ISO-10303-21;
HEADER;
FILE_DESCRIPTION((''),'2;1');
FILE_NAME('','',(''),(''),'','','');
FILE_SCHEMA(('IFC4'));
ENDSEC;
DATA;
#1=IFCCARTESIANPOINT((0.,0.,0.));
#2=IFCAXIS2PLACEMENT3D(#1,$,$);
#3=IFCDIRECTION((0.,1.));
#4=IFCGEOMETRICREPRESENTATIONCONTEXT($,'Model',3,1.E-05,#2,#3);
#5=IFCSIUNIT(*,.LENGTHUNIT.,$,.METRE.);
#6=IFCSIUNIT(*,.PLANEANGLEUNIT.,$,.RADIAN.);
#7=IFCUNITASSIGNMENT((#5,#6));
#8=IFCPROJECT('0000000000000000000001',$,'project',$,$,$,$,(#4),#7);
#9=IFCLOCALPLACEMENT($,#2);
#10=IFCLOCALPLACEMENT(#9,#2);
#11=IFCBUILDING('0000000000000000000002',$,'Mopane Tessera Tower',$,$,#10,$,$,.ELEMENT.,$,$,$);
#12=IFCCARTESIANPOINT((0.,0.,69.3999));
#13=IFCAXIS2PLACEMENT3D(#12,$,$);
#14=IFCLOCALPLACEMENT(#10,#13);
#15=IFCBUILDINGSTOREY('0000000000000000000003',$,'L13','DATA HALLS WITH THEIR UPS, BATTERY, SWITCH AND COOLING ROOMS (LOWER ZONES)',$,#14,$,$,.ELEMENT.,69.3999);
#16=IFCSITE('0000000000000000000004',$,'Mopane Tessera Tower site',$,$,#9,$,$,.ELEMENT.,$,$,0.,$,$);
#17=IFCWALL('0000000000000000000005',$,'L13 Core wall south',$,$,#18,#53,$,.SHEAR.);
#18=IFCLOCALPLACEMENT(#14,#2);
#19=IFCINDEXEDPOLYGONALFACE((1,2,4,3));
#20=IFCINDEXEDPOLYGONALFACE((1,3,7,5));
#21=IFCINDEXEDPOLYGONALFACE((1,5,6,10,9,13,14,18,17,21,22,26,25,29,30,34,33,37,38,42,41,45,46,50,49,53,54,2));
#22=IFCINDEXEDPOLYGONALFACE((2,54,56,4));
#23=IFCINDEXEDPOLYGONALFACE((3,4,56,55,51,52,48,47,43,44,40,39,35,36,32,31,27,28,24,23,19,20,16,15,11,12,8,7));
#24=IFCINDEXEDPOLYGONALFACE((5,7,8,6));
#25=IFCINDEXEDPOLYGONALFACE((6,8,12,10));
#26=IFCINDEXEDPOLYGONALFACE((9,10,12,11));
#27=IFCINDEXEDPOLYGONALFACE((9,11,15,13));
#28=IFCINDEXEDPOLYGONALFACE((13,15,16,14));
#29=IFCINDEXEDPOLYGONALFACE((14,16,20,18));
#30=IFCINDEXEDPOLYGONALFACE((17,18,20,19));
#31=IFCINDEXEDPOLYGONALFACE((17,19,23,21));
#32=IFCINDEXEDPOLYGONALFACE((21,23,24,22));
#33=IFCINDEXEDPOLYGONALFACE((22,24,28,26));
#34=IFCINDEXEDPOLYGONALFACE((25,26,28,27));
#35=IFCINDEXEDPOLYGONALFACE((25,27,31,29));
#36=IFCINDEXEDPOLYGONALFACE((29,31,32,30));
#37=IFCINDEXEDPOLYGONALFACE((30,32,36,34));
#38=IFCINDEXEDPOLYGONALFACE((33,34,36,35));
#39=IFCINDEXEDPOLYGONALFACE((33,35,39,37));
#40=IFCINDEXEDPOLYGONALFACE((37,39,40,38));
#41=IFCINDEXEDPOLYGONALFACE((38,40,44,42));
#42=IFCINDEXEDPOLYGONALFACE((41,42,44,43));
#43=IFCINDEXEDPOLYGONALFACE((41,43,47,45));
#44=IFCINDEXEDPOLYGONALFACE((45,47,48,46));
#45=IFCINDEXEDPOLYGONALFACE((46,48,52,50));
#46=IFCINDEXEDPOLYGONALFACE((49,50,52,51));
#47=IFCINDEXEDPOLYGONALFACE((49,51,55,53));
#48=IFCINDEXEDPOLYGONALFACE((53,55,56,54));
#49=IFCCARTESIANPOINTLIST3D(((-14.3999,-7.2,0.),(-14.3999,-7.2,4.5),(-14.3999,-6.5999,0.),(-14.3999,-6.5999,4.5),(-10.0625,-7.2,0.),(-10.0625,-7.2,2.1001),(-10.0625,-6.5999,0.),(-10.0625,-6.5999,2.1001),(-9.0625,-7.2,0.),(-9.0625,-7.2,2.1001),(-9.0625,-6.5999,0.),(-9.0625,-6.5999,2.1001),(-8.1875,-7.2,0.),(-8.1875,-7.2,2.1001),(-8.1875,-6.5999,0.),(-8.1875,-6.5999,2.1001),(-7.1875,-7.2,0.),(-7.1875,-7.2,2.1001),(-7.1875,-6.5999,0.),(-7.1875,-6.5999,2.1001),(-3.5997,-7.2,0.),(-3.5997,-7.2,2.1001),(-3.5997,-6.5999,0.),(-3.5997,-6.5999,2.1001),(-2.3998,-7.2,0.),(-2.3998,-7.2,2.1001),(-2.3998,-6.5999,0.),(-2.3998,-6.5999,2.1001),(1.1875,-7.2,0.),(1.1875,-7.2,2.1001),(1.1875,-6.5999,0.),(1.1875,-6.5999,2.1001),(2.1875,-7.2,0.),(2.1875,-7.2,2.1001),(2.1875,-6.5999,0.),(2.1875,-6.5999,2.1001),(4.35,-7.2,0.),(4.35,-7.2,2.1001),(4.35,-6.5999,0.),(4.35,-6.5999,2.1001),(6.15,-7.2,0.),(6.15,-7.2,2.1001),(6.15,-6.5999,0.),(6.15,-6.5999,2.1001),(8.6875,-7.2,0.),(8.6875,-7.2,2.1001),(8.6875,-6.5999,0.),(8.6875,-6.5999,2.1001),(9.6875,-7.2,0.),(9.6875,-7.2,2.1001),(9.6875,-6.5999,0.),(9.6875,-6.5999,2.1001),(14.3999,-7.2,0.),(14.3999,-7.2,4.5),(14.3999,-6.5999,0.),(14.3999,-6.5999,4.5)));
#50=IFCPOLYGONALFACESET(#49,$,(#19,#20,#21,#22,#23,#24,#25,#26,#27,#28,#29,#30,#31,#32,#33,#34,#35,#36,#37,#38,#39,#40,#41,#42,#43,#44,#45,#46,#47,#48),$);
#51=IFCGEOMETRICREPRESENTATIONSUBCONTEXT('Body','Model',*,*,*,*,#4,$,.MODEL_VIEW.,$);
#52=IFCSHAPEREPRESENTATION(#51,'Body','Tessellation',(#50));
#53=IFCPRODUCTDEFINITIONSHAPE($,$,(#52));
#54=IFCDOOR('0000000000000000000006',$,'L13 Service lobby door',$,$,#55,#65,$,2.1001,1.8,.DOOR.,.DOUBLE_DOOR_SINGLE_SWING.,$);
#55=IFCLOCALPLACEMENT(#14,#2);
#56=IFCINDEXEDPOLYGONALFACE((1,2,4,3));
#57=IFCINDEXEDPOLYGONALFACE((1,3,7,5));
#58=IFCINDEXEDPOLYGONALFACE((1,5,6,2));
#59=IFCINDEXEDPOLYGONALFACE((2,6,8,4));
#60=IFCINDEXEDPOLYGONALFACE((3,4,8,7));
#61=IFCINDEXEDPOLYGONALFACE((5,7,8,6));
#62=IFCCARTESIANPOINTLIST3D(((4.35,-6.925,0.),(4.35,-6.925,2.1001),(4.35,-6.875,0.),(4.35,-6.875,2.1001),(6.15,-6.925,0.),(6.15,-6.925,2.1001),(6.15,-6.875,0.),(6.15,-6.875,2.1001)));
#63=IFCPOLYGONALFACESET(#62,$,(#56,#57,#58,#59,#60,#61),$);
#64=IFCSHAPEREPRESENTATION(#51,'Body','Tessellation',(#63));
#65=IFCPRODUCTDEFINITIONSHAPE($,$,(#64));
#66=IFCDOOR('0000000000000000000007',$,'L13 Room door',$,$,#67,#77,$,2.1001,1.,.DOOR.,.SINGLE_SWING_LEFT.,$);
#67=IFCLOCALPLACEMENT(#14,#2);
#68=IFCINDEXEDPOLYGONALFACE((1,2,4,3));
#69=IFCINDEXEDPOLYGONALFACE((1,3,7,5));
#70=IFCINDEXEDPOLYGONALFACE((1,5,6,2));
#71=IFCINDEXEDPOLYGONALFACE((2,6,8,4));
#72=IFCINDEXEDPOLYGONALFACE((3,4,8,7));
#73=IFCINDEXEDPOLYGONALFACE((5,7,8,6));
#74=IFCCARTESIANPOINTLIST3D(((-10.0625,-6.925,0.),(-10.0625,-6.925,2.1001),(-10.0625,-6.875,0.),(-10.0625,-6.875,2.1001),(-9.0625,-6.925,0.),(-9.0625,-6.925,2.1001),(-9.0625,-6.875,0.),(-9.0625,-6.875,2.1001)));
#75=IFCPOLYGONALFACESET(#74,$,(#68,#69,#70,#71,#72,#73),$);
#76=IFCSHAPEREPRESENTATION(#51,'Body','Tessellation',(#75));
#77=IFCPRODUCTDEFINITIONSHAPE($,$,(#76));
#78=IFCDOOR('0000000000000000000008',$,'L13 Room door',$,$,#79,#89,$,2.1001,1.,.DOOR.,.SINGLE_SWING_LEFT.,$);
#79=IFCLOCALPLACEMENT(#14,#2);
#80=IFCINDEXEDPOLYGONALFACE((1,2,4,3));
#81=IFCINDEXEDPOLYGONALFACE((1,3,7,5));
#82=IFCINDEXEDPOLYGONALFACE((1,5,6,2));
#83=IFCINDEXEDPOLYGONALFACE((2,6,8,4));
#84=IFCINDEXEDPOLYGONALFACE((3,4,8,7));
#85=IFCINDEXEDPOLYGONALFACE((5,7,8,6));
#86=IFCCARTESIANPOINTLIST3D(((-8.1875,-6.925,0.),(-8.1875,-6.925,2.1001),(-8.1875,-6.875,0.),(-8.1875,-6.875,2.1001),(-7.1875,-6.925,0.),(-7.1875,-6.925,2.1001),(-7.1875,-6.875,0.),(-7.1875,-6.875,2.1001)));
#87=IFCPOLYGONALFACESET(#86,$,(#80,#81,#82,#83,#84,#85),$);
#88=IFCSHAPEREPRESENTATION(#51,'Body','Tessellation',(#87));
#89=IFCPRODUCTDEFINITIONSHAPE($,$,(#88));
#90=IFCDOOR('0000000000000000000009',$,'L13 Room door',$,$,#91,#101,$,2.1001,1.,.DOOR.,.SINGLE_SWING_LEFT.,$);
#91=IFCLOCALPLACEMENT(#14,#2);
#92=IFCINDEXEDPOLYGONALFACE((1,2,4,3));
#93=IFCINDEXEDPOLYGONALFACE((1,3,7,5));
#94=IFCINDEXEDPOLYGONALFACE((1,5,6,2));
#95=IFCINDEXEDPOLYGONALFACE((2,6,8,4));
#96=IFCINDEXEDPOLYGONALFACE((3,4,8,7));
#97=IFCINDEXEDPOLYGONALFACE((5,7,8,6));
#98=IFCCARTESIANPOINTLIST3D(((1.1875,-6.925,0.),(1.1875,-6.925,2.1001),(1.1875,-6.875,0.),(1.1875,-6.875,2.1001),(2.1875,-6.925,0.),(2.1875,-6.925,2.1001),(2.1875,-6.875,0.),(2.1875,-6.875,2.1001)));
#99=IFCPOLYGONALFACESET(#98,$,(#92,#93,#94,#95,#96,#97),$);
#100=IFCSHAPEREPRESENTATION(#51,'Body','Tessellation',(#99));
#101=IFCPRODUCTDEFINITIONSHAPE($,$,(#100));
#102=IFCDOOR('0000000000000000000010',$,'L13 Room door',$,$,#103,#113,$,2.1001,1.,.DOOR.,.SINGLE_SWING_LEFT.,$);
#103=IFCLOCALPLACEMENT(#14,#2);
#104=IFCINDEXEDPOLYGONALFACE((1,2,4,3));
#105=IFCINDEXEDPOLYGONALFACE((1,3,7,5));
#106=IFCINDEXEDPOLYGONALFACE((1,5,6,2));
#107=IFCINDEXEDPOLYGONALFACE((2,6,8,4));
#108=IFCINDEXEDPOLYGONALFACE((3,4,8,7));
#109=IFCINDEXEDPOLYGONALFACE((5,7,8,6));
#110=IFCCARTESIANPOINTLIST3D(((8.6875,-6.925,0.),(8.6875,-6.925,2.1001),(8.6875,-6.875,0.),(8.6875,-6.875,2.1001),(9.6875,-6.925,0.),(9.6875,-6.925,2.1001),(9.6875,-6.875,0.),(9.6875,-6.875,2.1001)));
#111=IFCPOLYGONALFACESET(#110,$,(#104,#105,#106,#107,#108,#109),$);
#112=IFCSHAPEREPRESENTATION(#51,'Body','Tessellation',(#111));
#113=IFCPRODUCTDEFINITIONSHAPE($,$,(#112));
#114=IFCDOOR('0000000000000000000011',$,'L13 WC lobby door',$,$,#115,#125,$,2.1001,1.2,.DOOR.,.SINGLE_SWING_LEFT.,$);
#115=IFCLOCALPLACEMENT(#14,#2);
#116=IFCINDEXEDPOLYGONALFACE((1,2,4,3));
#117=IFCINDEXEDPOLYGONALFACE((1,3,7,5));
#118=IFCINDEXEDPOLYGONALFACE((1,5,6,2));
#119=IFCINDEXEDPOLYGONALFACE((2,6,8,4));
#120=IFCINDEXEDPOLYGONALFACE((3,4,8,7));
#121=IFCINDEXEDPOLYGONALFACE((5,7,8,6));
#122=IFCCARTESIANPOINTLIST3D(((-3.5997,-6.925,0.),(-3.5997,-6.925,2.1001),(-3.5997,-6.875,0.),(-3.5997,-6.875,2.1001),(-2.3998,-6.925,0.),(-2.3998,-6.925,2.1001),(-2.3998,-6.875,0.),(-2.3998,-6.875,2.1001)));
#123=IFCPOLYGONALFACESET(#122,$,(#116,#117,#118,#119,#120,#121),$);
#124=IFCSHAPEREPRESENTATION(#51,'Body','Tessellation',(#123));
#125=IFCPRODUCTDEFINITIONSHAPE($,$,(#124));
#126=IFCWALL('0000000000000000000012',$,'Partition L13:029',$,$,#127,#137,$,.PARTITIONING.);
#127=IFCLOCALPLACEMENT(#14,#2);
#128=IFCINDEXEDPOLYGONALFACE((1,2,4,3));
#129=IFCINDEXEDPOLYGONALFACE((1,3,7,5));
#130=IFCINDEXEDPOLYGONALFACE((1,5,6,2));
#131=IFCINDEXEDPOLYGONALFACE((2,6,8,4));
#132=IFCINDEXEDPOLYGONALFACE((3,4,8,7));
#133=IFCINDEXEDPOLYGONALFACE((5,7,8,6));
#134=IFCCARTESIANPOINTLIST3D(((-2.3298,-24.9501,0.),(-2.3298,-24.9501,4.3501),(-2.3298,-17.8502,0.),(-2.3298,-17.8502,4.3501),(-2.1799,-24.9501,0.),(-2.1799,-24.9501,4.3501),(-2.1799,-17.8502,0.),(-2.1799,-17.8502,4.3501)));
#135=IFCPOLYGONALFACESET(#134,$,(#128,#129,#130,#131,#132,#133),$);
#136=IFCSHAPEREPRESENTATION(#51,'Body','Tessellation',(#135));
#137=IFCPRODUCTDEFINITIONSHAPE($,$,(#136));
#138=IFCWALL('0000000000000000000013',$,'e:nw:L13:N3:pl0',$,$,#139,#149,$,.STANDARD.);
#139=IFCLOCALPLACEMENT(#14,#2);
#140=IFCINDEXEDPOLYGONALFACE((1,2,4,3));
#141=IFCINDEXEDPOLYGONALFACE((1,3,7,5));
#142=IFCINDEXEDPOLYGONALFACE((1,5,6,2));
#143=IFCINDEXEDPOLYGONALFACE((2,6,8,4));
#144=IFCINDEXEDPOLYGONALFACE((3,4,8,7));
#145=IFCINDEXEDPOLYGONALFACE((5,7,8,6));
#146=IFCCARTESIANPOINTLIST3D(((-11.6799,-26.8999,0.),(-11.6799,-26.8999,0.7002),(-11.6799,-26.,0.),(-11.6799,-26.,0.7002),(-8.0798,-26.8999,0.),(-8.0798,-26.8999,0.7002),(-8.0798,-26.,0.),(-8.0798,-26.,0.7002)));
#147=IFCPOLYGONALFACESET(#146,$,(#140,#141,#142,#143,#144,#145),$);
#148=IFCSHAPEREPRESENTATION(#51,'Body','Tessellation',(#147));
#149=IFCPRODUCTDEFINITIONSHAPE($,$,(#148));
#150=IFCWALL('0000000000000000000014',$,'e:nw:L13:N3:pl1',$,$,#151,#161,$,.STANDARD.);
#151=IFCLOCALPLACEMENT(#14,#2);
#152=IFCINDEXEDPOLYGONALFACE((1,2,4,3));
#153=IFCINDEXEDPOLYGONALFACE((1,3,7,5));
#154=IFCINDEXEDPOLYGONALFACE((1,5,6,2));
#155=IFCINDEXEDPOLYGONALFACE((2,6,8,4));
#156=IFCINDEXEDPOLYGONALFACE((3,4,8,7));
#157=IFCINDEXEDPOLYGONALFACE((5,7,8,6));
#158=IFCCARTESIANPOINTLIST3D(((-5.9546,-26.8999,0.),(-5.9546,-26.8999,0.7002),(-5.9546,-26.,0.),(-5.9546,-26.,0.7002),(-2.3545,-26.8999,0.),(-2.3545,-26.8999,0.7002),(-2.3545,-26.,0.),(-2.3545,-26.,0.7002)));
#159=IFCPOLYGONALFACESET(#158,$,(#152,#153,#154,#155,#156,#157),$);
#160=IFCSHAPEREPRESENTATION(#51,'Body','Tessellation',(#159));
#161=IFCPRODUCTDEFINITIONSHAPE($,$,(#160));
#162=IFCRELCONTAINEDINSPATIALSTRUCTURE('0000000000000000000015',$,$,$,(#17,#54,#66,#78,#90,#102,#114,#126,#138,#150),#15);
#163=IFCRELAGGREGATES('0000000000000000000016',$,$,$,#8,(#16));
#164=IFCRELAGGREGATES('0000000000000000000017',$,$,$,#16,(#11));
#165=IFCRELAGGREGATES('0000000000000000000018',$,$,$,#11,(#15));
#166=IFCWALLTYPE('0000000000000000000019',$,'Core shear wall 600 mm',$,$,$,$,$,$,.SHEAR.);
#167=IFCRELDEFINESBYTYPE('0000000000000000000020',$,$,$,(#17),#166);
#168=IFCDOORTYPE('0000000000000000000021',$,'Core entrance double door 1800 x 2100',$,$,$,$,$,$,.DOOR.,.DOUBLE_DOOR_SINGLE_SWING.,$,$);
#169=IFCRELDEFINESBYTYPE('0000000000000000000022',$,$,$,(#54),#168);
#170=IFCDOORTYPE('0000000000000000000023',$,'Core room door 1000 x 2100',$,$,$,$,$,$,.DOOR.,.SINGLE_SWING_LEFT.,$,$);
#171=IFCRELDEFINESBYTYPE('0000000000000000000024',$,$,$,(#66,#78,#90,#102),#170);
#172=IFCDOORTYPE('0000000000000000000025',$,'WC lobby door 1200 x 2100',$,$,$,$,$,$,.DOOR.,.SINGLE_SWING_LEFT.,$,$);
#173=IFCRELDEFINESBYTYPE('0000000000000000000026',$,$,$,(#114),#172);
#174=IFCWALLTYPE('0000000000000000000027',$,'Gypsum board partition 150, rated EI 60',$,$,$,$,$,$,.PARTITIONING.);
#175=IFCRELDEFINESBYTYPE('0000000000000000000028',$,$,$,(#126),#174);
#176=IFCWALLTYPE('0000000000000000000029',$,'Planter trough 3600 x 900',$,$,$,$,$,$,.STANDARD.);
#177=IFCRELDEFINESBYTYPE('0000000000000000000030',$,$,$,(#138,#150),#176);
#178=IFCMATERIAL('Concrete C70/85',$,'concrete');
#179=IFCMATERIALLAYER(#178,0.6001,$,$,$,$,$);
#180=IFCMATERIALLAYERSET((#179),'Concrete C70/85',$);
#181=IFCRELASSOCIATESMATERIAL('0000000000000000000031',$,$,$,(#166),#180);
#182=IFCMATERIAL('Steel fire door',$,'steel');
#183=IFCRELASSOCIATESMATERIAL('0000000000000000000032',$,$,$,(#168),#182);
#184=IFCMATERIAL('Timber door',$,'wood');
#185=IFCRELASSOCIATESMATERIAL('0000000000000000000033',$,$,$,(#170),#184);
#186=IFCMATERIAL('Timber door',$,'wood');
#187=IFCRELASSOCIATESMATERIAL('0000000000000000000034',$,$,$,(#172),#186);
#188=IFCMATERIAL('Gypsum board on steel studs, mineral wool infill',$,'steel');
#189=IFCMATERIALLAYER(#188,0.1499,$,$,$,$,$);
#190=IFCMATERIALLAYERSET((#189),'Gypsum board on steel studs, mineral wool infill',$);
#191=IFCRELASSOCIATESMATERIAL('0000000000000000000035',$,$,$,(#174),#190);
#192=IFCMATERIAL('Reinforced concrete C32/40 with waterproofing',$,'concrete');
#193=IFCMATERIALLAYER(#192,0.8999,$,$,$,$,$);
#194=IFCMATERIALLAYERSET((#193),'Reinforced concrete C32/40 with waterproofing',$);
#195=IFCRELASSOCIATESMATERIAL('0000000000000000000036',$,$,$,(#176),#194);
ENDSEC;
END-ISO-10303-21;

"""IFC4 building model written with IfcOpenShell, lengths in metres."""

from ifc_helpers import new_model, si_unit, direction, frame, frame_2d, origin, place, context, subcontext, project, spatial, rectangle, extrude, material, layer, layer_set, type_object, element, fill, save


model = new_model("IFC4")

# Units and contexts
model_context = context("Model", 3, precision=1e-05, world=origin(), true_north=direction((0.0, 1.0)))
body_context = subcontext(model_context, "Body", "Model", "MODEL_VIEW")
ifc_project = project(units=[si_unit("LENGTHUNIT", "METRE"), si_unit("PLANEANGLEUNIT", "RADIAN")], contexts=[model_context])

# Site, building, storey
site_placement = place(None, origin())
site = spatial("IfcSite", under=ifc_project, at=site_placement, Name="Mopane Tessera Tower site", CompositionType="ELEMENT", RefElevation=0.0)
building_placement = place(site_placement, origin())
building = spatial("IfcBuilding", under=site, at=building_placement, Name="Mopane Tessera Tower", CompositionType="ELEMENT")
storey_placement = place(building_placement, frame((0.0, 0.0, 69.3999)))
storey = spatial("IfcBuildingStorey", under=building, at=storey_placement, Name="L13", Description="DATA HALLS WITH THEIR UPS, BATTERY, SWITCH AND COOLING ROOMS (LOWER ZONES)", CompositionType="ELEMENT", Elevation=69.3999)

# Wall, openings, doors
ifc_material_1 = material(Name="Concrete C70/85", Category="concrete")
ifc_layer_1 = layer(ifc_material_1, 0.6001)
ifc_layer_set_1 = layer_set([ifc_layer_1], Name="Concrete C70/85")
wall_type_1 = type_object("IfcWallType", Name="Core shear wall 600 mm", PredefinedType="SHEAR", material=ifc_layer_set_1)
wall_1_placement = place(storey_placement, frame((-14.3999, -6.8999, 0.0), z_axis=(0.0, 0.0, 1.0), x_axis=(1.0, 0.0, 0.0)))
wall_1 = element("IfcWall", 1, at=wall_1_placement, inside=storey, type_object=wall_type_1, Name="L13 Core wall south", PredefinedType="SHEAR", context=body_context, shape_type="SweptSolid", body=[
    extrude(rectangle(XDim=28.7998, YDim=0.6001, at=frame_2d((14.3999, 0.0))), origin(), (0.0, 0.0, 1.0), 4.5),
])
opening_1_placement = place(wall_1_placement, frame((4.3374, 0.0, 0.0)))
opening_1 = element("IfcOpeningElement", 2, at=opening_1_placement, cuts=wall_1, PredefinedType="OPENING", context=body_context, shape_type="SweptSolid", body=[
    extrude(rectangle(XDim=1.0, YDim=2.1001, at=frame_2d((0.5, 1.05))), frame((0.0, 0.312, 0.0), z_axis=(0.0, -1.0, 0.0), x_axis=(1.0, 0.0, 0.0)), (0.0, 0.0, 1.0), 0.624),
])
opening_2_placement = place(wall_1_placement, frame((6.2124, 0.0, 0.0)))
opening_2 = element("IfcOpeningElement", 3, at=opening_2_placement, cuts=wall_1, PredefinedType="OPENING", context=body_context, shape_type="SweptSolid", body=[
    extrude(rectangle(XDim=1.0, YDim=2.1001, at=frame_2d((0.5, 1.05))), frame((0.0, 0.312, 0.0), z_axis=(0.0, -1.0, 0.0), x_axis=(1.0, 0.0, 0.0)), (0.0, 0.0, 1.0), 0.624),
])
opening_3_placement = place(wall_1_placement, frame((10.8, 0.0, 0.0)))
opening_3 = element("IfcOpeningElement", 4, at=opening_3_placement, cuts=wall_1, PredefinedType="OPENING", context=body_context, shape_type="SweptSolid", body=[
    extrude(rectangle(XDim=1.2, YDim=2.1001, at=frame_2d((0.6001, 1.05))), frame((0.0, 0.312, 0.0), z_axis=(0.0, -1.0, 0.0), x_axis=(1.0, 0.0, 0.0)), (0.0, 0.0, 1.0), 0.624),
])
opening_4_placement = place(wall_1_placement, frame((15.5874, 0.0, 0.0)))
opening_4 = element("IfcOpeningElement", 5, at=opening_4_placement, cuts=wall_1, PredefinedType="OPENING", context=body_context, shape_type="SweptSolid", body=[
    extrude(rectangle(XDim=1.0, YDim=2.1001, at=frame_2d((0.5, 1.05))), frame((0.0, 0.312, 0.0), z_axis=(0.0, -1.0, 0.0), x_axis=(1.0, 0.0, 0.0)), (0.0, 0.0, 1.0), 0.624),
])
opening_5_placement = place(wall_1_placement, frame((18.75, 0.0, 0.0)))
opening_5 = element("IfcOpeningElement", 6, at=opening_5_placement, cuts=wall_1, PredefinedType="OPENING", context=body_context, shape_type="SweptSolid", body=[
    extrude(rectangle(XDim=1.8, YDim=2.1001, at=frame_2d((0.8999, 1.05))), frame((0.0, 0.312, 0.0), z_axis=(0.0, -1.0, 0.0), x_axis=(1.0, 0.0, 0.0)), (0.0, 0.0, 1.0), 0.624),
])
opening_6_placement = place(wall_1_placement, frame((23.0874, 0.0, 0.0)))
opening_6 = element("IfcOpeningElement", 7, at=opening_6_placement, cuts=wall_1, PredefinedType="OPENING", context=body_context, shape_type="SweptSolid", body=[
    extrude(rectangle(XDim=1.0, YDim=2.1001, at=frame_2d((0.5, 1.05))), frame((0.0, 0.312, 0.0), z_axis=(0.0, -1.0, 0.0), x_axis=(1.0, 0.0, 0.0)), (0.0, 0.0, 1.0), 0.624),
])
ifc_material_2 = material(Name="Steel fire door", Category="steel")
door_type_1 = type_object("IfcDoorType", Name="Core entrance double door 1800 x 2100", OperationType="DOUBLE_DOOR_SINGLE_SWING", PredefinedType="DOOR", material=ifc_material_2)
door_1_placement = place(opening_5_placement, origin())
door_1 = element("IfcDoor", 8, at=door_1_placement, inside=storey, type_object=door_type_1, Name="L13 Service lobby door", OperationType="DOUBLE_DOOR_SINGLE_SWING", OverallHeight=2.1001, OverallWidth=1.8, PredefinedType="DOOR", context=body_context, shape_type="SweptSolid", body=[
    extrude(rectangle(XDim=1.8, YDim=2.1001, at=frame_2d((0.8999, 1.05))), frame((0.0, 0.0249, 0.0), z_axis=(0.0, -1.0, 0.0), x_axis=(1.0, 0.0, 0.0)), (0.0, 0.0, 1.0), 0.05),
])
fill(opening_5, door_1)
ifc_material_3 = material(Name="Timber door", Category="wood")
door_type_2 = type_object("IfcDoorType", Name="Core room door 1000 x 2100", OperationType="SINGLE_SWING_LEFT", PredefinedType="DOOR", material=ifc_material_3)
door_2_placement = place(opening_1_placement, origin())
door_2 = element("IfcDoor", 9, at=door_2_placement, inside=storey, type_object=door_type_2, Name="L13 Room door", OperationType="SINGLE_SWING_LEFT", OverallHeight=2.1001, OverallWidth=1.0, PredefinedType="DOOR", context=body_context, shape_type="SweptSolid", body=[
    extrude(rectangle(XDim=1.0, YDim=2.1001, at=frame_2d((0.5, 1.05))), frame((0.0, 0.0249, 0.0), z_axis=(0.0, -1.0, 0.0), x_axis=(1.0, 0.0, 0.0)), (0.0, 0.0, 1.0), 0.05),
])
fill(opening_1, door_2)
door_3_placement = place(opening_2_placement, origin())
door_3 = element("IfcDoor", 10, at=door_3_placement, inside=storey, type_object=door_type_2, Name="L13 Room door", OperationType="SINGLE_SWING_LEFT", OverallHeight=2.1001, OverallWidth=1.0, PredefinedType="DOOR", context=body_context, shape_type="SweptSolid", body=[
    extrude(rectangle(XDim=1.0, YDim=2.1001, at=frame_2d((0.5, 1.05))), frame((0.0, 0.0249, 0.0), z_axis=(0.0, -1.0, 0.0), x_axis=(1.0, 0.0, 0.0)), (0.0, 0.0, 1.0), 0.05),
])
fill(opening_2, door_3)
door_4_placement = place(opening_4_placement, origin())
door_4 = element("IfcDoor", 11, at=door_4_placement, inside=storey, type_object=door_type_2, Name="L13 Room door", OperationType="SINGLE_SWING_LEFT", OverallHeight=2.1001, OverallWidth=1.0, PredefinedType="DOOR", context=body_context, shape_type="SweptSolid", body=[
    extrude(rectangle(XDim=1.0, YDim=2.1001, at=frame_2d((0.5, 1.05))), frame((0.0, 0.0249, 0.0), z_axis=(0.0, -1.0, 0.0), x_axis=(1.0, 0.0, 0.0)), (0.0, 0.0, 1.0), 0.05),
])
fill(opening_4, door_4)
door_5_placement = place(opening_6_placement, origin())
door_5 = element("IfcDoor", 12, at=door_5_placement, inside=storey, type_object=door_type_2, Name="L13 Room door", OperationType="SINGLE_SWING_LEFT", OverallHeight=2.1001, OverallWidth=1.0, PredefinedType="DOOR", context=body_context, shape_type="SweptSolid", body=[
    extrude(rectangle(XDim=1.0, YDim=2.1001, at=frame_2d((0.5, 1.05))), frame((0.0, 0.0249, 0.0), z_axis=(0.0, -1.0, 0.0), x_axis=(1.0, 0.0, 0.0)), (0.0, 0.0, 1.0), 0.05),
])
fill(opening_6, door_5)
ifc_material_4 = material(Name="Timber door", Category="wood")
door_type_3 = type_object("IfcDoorType", Name="WC lobby door 1200 x 2100", OperationType="SINGLE_SWING_LEFT", PredefinedType="DOOR", material=ifc_material_4)
door_6_placement = place(opening_3_placement, origin())
door_6 = element("IfcDoor", 13, at=door_6_placement, inside=storey, type_object=door_type_3, Name="L13 WC lobby door", OperationType="SINGLE_SWING_LEFT", OverallHeight=2.1001, OverallWidth=1.2, PredefinedType="DOOR", context=body_context, shape_type="SweptSolid", body=[
    extrude(rectangle(XDim=1.2, YDim=2.1001, at=frame_2d((0.6001, 1.05))), frame((0.0, 0.0249, 0.0), z_axis=(0.0, -1.0, 0.0), x_axis=(1.0, 0.0, 0.0)), (0.0, 0.0, 1.0), 0.05),
])
fill(opening_3, door_6)

# Walls
ifc_material_5 = material(Name="Gypsum board on steel studs, mineral wool infill", Category="steel")
ifc_layer_2 = layer(ifc_material_5, 0.1499)
ifc_layer_set_2 = layer_set([ifc_layer_2], Name="Gypsum board on steel studs, mineral wool infill")
wall_type_2 = type_object("IfcWallType", Name="Gypsum board partition 150, rated EI 60", PredefinedType="PARTITIONING", material=ifc_layer_set_2)
wall_2_placement = place(storey_placement, frame((-2.2549, -24.95, 0.0), z_axis=(0.0, 0.0, 1.0), x_axis=(0.0, 1.0, 0.0)))
element("IfcWall", 14, at=wall_2_placement, inside=storey, type_object=wall_type_2, Name="Partition L13:029", PredefinedType="PARTITIONING", context=body_context, shape_type="SweptSolid", body=[
    extrude(rectangle(XDim=7.0999, YDim=0.1499, at=frame_2d((3.5498, 0.0))), origin(), (0.0, 0.0, 1.0), 4.3501),
])
ifc_material_6 = material(Name="Reinforced concrete C32/40 with waterproofing", Category="concrete")
ifc_layer_3 = layer(ifc_material_6, 0.8999)
ifc_layer_set_3 = layer_set([ifc_layer_3], Name="Reinforced concrete C32/40 with waterproofing")
wall_type_3 = type_object("IfcWallType", Name="Planter trough 3600 x 900", PredefinedType="STANDARD", material=ifc_layer_set_3)
for number, where, z_axis, x_axis, name in (
    (15, (-11.6799, -26.45, 0.0), (0.0, 0.0, 1.0), (1.0, 0.0, 0.0), "e:nw:L13:N3:pl0"),
    (16, (-5.9546, -26.45, 0.0), (0.0, 0.0, 1.0), (1.0, 0.0, 0.0), "e:nw:L13:N3:pl1"),
):
    element("IfcWall", number, at=place(storey_placement, frame(where, z_axis=z_axis, x_axis=x_axis)), inside=storey, type_object=wall_type_3, Name=name, PredefinedType="STANDARD", context=body_context, shape_type="SweptSolid", body=[
        extrude(rectangle(XDim=3.6001, YDim=0.8999, at=frame_2d((1.8, 0.0))), origin(), (0.0, 0.0, 1.0), 0.7002),
    ])

save(model, "model.ifc")
